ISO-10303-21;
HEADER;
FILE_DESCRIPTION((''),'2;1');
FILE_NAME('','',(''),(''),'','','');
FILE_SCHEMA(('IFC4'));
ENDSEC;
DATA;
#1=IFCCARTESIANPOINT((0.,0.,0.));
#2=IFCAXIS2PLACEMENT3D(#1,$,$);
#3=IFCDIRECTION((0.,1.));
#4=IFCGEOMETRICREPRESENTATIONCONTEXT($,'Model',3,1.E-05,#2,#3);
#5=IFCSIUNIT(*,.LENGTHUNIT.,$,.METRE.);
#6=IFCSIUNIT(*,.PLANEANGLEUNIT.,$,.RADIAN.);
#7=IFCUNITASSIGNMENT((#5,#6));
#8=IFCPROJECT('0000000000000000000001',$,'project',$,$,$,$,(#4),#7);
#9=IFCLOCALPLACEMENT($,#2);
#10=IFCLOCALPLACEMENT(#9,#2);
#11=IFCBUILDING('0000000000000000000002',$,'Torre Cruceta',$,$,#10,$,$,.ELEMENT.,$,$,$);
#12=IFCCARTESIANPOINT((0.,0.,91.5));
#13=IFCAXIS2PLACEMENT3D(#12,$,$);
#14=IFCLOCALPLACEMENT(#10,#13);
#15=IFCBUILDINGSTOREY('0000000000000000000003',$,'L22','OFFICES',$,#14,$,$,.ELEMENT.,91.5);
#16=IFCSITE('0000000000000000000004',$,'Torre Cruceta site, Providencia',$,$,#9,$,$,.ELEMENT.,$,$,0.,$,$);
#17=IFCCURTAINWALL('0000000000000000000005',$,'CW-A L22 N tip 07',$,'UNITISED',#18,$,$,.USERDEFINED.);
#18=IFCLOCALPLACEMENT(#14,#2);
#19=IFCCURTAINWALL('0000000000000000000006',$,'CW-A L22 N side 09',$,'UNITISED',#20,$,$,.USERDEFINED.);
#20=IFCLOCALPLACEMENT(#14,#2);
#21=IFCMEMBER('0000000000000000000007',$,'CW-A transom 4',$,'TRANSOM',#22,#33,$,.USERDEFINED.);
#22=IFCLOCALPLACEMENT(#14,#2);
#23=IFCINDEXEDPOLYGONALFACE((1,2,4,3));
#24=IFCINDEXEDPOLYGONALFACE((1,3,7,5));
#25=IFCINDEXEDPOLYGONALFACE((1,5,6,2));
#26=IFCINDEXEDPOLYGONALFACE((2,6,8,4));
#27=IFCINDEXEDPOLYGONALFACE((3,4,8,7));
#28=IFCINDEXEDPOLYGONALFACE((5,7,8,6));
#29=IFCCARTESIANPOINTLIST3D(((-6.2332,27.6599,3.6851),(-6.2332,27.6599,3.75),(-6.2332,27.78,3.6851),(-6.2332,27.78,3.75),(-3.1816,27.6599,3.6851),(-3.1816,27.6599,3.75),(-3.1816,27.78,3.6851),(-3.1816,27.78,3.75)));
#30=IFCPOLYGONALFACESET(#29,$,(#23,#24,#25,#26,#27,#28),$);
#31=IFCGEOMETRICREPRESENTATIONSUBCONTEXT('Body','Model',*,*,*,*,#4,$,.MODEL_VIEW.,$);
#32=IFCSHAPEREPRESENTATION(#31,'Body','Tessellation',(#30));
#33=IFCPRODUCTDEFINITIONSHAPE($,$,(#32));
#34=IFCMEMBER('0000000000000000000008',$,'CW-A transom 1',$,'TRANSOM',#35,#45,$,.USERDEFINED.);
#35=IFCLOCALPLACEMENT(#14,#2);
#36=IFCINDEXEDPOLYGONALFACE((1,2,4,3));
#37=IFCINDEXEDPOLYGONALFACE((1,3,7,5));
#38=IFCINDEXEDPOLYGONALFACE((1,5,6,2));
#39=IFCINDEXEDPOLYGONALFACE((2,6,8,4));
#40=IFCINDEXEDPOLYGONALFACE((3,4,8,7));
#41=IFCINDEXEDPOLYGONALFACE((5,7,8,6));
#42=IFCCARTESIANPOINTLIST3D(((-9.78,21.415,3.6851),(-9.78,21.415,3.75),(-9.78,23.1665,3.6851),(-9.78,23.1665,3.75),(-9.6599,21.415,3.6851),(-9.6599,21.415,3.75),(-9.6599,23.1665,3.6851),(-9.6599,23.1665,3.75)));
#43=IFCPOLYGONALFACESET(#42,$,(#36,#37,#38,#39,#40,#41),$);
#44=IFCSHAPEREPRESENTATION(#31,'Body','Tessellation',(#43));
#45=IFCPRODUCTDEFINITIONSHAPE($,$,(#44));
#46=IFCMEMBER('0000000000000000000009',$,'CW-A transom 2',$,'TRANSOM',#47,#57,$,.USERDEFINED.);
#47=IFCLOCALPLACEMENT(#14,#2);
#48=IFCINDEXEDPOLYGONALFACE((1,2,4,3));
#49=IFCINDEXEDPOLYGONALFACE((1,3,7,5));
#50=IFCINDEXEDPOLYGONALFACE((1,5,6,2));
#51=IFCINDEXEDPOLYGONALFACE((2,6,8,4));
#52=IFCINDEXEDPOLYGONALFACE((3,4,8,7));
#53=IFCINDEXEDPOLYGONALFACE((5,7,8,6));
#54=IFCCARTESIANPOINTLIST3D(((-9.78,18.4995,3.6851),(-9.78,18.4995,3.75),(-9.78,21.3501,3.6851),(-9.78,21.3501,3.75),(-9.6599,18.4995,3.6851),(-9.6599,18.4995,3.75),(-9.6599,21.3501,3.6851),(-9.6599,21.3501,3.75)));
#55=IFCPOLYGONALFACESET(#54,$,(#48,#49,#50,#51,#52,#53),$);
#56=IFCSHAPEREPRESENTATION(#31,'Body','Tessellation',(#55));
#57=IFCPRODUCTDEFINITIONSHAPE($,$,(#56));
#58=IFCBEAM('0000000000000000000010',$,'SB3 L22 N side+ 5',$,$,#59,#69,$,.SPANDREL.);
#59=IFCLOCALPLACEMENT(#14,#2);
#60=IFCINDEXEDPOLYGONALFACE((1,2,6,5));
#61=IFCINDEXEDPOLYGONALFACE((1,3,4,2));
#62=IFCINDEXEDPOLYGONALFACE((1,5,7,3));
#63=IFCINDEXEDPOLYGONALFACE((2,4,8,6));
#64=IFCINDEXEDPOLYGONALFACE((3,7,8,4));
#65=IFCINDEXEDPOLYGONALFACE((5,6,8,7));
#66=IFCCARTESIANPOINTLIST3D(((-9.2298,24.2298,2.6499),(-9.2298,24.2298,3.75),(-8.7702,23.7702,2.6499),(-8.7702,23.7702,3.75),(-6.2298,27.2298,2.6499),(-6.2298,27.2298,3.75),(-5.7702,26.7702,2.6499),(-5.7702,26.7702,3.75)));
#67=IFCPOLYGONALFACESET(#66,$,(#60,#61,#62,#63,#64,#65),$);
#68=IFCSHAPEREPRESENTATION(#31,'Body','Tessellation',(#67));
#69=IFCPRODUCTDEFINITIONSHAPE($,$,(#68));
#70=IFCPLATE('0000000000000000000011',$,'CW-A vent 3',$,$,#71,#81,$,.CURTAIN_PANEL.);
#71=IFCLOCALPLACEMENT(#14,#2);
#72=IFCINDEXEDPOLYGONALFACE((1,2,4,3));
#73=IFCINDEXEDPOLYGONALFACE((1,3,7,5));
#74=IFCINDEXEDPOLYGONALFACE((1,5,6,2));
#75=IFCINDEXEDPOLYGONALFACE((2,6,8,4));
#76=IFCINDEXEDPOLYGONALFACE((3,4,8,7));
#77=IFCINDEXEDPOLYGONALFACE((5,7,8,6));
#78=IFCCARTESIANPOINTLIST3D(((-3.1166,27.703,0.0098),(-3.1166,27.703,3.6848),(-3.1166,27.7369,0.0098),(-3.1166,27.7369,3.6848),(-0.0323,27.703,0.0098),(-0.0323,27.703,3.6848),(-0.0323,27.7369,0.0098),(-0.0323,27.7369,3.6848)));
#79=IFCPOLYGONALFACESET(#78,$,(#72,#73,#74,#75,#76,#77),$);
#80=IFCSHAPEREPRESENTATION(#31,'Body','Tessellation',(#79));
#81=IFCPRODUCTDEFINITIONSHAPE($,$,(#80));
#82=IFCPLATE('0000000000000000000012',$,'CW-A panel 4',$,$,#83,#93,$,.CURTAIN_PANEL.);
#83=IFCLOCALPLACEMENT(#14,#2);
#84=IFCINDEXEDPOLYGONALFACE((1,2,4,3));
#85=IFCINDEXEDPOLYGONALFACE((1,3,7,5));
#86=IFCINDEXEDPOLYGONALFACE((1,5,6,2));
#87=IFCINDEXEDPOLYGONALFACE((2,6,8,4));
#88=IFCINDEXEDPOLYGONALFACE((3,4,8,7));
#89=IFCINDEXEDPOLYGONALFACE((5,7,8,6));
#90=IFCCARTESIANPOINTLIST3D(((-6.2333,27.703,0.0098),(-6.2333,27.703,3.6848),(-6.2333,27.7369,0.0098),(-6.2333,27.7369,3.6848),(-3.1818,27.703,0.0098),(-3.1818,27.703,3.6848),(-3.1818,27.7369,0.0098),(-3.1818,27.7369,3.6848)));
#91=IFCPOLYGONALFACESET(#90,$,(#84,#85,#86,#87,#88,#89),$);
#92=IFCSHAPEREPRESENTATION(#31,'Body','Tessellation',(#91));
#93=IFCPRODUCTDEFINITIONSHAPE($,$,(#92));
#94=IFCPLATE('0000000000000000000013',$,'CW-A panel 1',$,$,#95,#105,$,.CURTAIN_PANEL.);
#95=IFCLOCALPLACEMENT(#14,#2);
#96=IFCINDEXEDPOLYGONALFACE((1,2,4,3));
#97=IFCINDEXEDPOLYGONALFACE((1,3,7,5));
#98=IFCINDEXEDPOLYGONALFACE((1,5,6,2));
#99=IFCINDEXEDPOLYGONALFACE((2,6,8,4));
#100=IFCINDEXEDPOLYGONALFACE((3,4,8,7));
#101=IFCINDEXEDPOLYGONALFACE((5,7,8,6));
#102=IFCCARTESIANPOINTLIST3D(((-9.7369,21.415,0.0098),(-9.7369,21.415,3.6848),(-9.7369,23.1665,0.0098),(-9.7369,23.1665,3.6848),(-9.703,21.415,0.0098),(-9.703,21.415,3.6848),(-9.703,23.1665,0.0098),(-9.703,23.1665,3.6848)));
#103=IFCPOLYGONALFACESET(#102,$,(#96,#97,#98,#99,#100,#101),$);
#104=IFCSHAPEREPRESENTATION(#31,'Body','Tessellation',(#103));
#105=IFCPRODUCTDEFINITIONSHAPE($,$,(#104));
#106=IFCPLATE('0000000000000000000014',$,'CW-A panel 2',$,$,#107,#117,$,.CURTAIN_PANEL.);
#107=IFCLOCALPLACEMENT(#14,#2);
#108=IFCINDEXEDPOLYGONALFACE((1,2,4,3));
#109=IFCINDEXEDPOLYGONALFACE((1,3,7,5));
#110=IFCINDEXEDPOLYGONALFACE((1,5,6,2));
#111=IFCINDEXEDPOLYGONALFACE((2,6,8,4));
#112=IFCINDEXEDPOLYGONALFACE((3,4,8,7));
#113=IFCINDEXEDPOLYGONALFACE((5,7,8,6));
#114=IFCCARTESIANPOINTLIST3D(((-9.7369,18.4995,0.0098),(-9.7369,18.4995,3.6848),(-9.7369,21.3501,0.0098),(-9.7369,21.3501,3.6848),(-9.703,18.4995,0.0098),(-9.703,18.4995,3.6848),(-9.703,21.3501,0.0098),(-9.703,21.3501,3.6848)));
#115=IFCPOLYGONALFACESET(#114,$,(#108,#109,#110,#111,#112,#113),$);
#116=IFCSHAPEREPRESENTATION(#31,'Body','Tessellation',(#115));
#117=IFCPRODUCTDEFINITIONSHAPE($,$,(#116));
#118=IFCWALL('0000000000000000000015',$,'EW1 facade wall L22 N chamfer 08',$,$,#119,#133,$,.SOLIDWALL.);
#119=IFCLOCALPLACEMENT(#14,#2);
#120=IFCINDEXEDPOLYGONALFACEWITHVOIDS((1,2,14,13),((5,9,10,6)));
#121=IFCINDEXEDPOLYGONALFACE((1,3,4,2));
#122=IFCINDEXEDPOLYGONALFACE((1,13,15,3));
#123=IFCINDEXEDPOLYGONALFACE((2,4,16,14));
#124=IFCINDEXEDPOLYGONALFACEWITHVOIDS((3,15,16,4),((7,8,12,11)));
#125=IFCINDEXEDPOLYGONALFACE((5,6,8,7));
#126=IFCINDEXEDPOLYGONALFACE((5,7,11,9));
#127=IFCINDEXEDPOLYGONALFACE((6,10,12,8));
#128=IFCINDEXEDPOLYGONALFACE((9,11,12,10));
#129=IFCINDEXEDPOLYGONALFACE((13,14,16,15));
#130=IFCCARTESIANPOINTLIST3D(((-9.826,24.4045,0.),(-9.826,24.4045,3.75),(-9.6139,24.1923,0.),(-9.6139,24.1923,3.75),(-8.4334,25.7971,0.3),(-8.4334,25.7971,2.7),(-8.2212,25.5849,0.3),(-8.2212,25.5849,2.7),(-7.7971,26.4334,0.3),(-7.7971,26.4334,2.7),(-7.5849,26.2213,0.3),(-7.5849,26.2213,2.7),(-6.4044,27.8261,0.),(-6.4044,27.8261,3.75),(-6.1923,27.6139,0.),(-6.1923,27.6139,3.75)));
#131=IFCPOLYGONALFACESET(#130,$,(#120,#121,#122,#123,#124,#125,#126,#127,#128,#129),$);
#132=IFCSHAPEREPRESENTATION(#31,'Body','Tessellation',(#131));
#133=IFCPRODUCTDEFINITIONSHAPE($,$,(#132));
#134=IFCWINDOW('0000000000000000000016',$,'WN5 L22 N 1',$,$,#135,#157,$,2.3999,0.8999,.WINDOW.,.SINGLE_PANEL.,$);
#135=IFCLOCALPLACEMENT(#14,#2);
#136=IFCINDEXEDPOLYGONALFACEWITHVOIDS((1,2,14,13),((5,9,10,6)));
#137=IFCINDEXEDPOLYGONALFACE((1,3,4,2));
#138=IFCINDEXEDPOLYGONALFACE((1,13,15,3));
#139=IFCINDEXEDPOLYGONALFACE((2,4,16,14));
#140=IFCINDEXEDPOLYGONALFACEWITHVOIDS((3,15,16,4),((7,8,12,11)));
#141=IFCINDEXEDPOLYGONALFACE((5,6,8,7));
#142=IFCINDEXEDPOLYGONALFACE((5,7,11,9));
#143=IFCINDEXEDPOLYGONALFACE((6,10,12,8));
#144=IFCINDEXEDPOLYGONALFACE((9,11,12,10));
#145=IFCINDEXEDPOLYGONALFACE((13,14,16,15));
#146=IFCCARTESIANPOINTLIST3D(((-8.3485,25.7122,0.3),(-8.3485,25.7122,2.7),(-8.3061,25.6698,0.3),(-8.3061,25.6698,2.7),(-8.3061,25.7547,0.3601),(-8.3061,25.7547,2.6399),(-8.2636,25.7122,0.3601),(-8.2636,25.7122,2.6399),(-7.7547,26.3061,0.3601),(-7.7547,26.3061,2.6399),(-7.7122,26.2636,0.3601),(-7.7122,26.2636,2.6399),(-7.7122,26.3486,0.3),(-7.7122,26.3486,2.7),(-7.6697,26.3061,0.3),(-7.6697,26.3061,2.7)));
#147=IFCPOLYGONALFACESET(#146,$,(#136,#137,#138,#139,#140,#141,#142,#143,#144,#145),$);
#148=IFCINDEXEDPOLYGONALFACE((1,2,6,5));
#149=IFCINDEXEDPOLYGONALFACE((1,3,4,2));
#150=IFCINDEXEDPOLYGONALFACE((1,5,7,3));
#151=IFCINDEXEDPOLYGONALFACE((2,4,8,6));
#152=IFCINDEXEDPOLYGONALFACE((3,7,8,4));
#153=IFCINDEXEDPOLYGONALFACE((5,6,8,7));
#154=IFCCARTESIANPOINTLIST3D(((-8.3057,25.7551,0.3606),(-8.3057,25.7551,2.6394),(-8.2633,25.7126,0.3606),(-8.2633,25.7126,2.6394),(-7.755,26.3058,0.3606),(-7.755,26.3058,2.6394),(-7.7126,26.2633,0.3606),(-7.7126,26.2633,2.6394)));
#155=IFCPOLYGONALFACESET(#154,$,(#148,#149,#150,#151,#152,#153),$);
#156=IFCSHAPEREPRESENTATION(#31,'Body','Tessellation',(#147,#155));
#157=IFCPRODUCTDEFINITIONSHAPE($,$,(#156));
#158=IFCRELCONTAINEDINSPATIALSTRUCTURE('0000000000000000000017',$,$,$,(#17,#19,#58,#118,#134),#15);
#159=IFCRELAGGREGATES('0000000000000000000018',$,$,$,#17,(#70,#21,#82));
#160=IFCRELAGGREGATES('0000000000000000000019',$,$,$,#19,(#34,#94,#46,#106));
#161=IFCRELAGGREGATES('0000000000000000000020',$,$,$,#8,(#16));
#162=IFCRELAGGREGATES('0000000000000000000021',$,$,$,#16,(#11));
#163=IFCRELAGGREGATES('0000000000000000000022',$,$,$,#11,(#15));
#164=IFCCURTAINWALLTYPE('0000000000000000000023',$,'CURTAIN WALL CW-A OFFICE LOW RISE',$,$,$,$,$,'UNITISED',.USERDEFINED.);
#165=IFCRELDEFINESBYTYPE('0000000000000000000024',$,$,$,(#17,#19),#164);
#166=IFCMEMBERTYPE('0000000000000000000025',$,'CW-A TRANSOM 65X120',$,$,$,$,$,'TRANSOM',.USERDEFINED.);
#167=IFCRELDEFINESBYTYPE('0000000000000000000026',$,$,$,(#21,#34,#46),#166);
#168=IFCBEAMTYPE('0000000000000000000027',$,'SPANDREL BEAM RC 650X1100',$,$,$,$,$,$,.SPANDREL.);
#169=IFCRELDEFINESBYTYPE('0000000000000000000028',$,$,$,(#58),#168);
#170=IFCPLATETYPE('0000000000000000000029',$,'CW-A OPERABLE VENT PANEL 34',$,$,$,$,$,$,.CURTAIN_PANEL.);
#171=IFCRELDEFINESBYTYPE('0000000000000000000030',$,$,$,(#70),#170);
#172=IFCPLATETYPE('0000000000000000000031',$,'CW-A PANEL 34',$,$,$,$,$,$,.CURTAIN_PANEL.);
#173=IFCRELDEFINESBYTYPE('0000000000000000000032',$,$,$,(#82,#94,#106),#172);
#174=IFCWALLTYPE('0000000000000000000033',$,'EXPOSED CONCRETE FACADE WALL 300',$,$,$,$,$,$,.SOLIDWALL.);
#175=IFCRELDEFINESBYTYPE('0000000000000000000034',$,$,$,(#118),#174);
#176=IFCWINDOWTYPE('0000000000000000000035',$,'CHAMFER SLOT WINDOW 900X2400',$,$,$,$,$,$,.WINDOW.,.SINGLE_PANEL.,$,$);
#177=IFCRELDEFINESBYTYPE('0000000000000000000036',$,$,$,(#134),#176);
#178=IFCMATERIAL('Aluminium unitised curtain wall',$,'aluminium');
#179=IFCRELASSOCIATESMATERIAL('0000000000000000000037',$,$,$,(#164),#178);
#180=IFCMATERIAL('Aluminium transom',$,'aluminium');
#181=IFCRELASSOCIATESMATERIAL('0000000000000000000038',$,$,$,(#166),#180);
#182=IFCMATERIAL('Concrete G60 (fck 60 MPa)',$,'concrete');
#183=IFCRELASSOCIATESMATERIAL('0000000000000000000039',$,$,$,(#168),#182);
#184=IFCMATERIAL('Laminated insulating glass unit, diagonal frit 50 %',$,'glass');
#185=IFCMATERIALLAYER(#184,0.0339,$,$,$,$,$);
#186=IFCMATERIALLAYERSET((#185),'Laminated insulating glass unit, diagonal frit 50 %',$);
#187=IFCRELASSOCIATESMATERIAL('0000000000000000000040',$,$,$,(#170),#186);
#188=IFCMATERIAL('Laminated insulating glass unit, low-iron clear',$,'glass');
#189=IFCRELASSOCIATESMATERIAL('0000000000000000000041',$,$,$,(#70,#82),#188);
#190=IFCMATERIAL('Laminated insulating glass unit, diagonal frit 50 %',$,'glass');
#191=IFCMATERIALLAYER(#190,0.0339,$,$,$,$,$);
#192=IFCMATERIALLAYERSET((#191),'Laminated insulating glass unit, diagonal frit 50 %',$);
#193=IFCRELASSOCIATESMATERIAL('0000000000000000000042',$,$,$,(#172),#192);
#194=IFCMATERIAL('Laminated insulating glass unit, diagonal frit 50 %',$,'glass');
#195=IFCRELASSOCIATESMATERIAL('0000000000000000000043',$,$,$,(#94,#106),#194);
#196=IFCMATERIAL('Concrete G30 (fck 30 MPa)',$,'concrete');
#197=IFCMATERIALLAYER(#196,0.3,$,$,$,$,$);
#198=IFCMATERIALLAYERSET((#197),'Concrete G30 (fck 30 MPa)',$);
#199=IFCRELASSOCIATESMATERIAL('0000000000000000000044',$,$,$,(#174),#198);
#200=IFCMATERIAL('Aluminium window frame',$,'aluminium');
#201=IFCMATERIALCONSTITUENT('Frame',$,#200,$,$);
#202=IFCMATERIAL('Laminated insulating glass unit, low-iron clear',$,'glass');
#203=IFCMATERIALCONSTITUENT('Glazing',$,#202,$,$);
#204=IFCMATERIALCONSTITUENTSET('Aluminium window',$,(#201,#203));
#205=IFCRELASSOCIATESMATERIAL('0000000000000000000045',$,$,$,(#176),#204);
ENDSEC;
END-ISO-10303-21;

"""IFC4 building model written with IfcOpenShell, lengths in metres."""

from ifc_helpers import new_model, si_unit, direction, frame, frame_2d, origin, origin_2d, place, context, subcontext, project, spatial, rectangle, hollow_rectangle, extrude, material, layer, layer_set, constituent, constituent_set, material_profile, profile_set, type_object, element, fill, aggregate, save


model = new_model("IFC4")

# Units and contexts
model_context = context("Model", 3, precision=1e-05, world=origin(), true_north=direction((0.0, 1.0)))
body_context = subcontext(model_context, "Body", "Model", "MODEL_VIEW")
ifc_project = project(units=[si_unit("LENGTHUNIT", "METRE"), si_unit("PLANEANGLEUNIT", "RADIAN")], contexts=[model_context])

# Site, building, storey
site_placement = place(None, origin())
site = spatial("IfcSite", under=ifc_project, at=site_placement, Name="Torre Cruceta site, Providencia", CompositionType="ELEMENT", RefElevation=0.0)
building_placement = place(site_placement, origin())
building = spatial("IfcBuilding", under=site, at=building_placement, Name="Torre Cruceta", CompositionType="ELEMENT")
storey_placement = place(building_placement, frame((0.0, 0.0, 91.5)))
storey = spatial("IfcBuildingStorey", under=building, at=storey_placement, Name="L22", Description="OFFICES", CompositionType="ELEMENT", Elevation=91.5)

# Curtain walls
ifc_material_1 = material(Name="Aluminium unitised curtain wall", Category="aluminium")
curtain_wall_type = type_object("IfcCurtainWallType", Name="CURTAIN WALL CW-A OFFICE LOW RISE", ElementType="UNITISED", PredefinedType="USERDEFINED", material=ifc_material_1)
curtain_wall_1_placement = place(storey_placement, origin())
curtain_wall_1 = element("IfcCurtainWall", 1, at=curtain_wall_1_placement, inside=storey, type_object=curtain_wall_type, Name="CW-A L22 N tip 07", ObjectType="UNITISED", PredefinedType="USERDEFINED")
curtain_wall_2_placement = place(storey_placement, origin())
curtain_wall_2 = element("IfcCurtainWall", 2, at=curtain_wall_2_placement, inside=storey, type_object=curtain_wall_type, Name="CW-A L22 N side 09", ObjectType="UNITISED", PredefinedType="USERDEFINED")

# Members
ifc_material_2 = material(Name="Aluminium transom", Category="aluminium")
ifc_material_profile_1 = material_profile(ifc_material_2, rectangle(XDim=0.1201, YDim=0.0649, at=origin_2d()), Name="AL 120X65")
ifc_profile_set_1 = profile_set([ifc_material_profile_1], Name="Aluminium transom")
member_type_1 = type_object("IfcMemberType", Name="CW-A TRANSOM 65X120", ElementType="TRANSOM", PredefinedType="USERDEFINED", material=ifc_profile_set_1)
member_1_placement = place(storey_placement, frame((-3.1816, 27.72, 3.7175), z_axis=(-1.0, 0.0, 0.0), x_axis=(0.0, -1.0, 0.0)))
member_1 = element("IfcMember", 3, at=member_1_placement, type_object=member_type_1, Name="CW-A transom 4", ObjectType="TRANSOM", PredefinedType="USERDEFINED", context=body_context, shape_type="SweptSolid", body=[
    extrude(rectangle(XDim=0.1201, YDim=0.0649, at=origin_2d()), origin(), (0.0, 0.0, 1.0), 3.0515),
])
member_2_placement = place(storey_placement, frame((-9.72, 23.1665, 3.7175), z_axis=(0.0, -1.0, 0.0), x_axis=(1.0, 0.0, 0.0)))
member_2 = element("IfcMember", 4, at=member_2_placement, type_object=member_type_1, Name="CW-A transom 1", ObjectType="TRANSOM", PredefinedType="USERDEFINED", context=body_context, shape_type="SweptSolid", body=[
    extrude(rectangle(XDim=0.1201, YDim=0.0649, at=origin_2d()), origin(), (0.0, 0.0, 1.0), 1.7515),
])
member_3_placement = place(storey_placement, frame((-9.72, 21.3501, 3.7175), z_axis=(0.0, -1.0, 0.0), x_axis=(1.0, 0.0, 0.0)))
member_3 = element("IfcMember", 5, at=member_3_placement, type_object=member_type_1, Name="CW-A transom 2", ObjectType="TRANSOM", PredefinedType="USERDEFINED", context=body_context, shape_type="SweptSolid", body=[
    extrude(rectangle(XDim=0.1201, YDim=0.0649, at=origin_2d()), origin(), (0.0, 0.0, 1.0), 2.8506),
])

# Beam
ifc_material_3 = material(Name="Concrete G60 (fck 60 MPa)", Category="concrete")
ifc_material_profile_2 = material_profile(ifc_material_3, rectangle(XDim=0.6499, YDim=1.1001, at=origin_2d()), Name="RC 650X1100")
ifc_profile_set_2 = profile_set([ifc_material_profile_2], Name="Concrete G60 (fck 60 MPa)")
beam_type_1 = type_object("IfcBeamType", Name="SPANDREL BEAM RC 650X1100", PredefinedType="SPANDREL", material=ifc_profile_set_2)
beam_1_placement = place(storey_placement, frame((-9.0, 24.0, 3.2), z_axis=(0.707107, 0.707107, 0.0), x_axis=(-0.707107, 0.707107, 0.0)))
element("IfcBeam", 6, at=beam_1_placement, inside=storey, type_object=beam_type_1, Name="SB3 L22 N side+ 5", PredefinedType="SPANDREL", context=body_context, shape_type="SweptSolid", body=[
    extrude(rectangle(XDim=0.6499, YDim=1.1001, at=origin_2d()), origin(), (0.0, 0.0, 1.0), 4.2427),
])

# Plates
ifc_material_4 = material(Name="Laminated insulating glass unit, low-iron clear", Category="glass")
ifc_material_5 = material(Name="Laminated insulating glass unit, diagonal frit 50 %", Category="glass")
ifc_layer_1 = layer(ifc_material_5, 0.0339)
ifc_layer_set_1 = layer_set([ifc_layer_1], Name="Laminated insulating glass unit, diagonal frit 50 %")
plate_type_1 = type_object("IfcPlateType", Name="CW-A OPERABLE VENT PANEL 34", PredefinedType="CURTAIN_PANEL", material=ifc_layer_set_1)
plate_1_placement = place(storey_placement, frame((-1.5745, 27.72, 0.0098), z_axis=(0.0, 0.0, 1.0), x_axis=(-1.0, 0.0, 0.0)))
plate_1 = element("IfcPlate", 7, at=plate_1_placement, type_object=plate_type_1, material=ifc_material_4, Name="CW-A vent 3", PredefinedType="CURTAIN_PANEL", context=body_context, shape_type="SweptSolid", body=[
    extrude(rectangle(XDim=3.0842, YDim=0.0339, at=origin_2d()), origin(), (0.0, 0.0, 1.0), 3.675),
])
ifc_material_6 = material(Name="Laminated insulating glass unit, diagonal frit 50 %", Category="glass")
ifc_layer_2 = layer(ifc_material_6, 0.0339)
ifc_layer_set_2 = layer_set([ifc_layer_2], Name="Laminated insulating glass unit, diagonal frit 50 %")
plate_type_2 = type_object("IfcPlateType", Name="CW-A PANEL 34", PredefinedType="CURTAIN_PANEL", material=ifc_layer_set_2)
plate_2_placement = place(storey_placement, frame((-4.7075, 27.72, 0.0098), z_axis=(0.0, 0.0, 1.0), x_axis=(-1.0, 0.0, 0.0)))
plate_2 = element("IfcPlate", 8, at=plate_2_placement, type_object=plate_type_2, material=ifc_material_4, Name="CW-A panel 4", PredefinedType="CURTAIN_PANEL", context=body_context, shape_type="SweptSolid", body=[
    extrude(rectangle(XDim=3.0515, YDim=0.0339, at=origin_2d()), origin(), (0.0, 0.0, 1.0), 3.675),
])
aggregate(curtain_wall_1, [plate_1, member_1, plate_2])
ifc_material_7 = material(Name="Laminated insulating glass unit, diagonal frit 50 %", Category="glass")
plate_3_placement = place(storey_placement, frame((-9.72, 22.2908, 0.0098), z_axis=(0.0, 0.0, 1.0), x_axis=(0.0, -1.0, 0.0)))
plate_3 = element("IfcPlate", 9, at=plate_3_placement, type_object=plate_type_2, material=ifc_material_7, Name="CW-A panel 1", PredefinedType="CURTAIN_PANEL", context=body_context, shape_type="SweptSolid", body=[
    extrude(rectangle(XDim=1.7515, YDim=0.0339, at=origin_2d()), origin(), (0.0, 0.0, 1.0), 3.675),
])
plate_4_placement = place(storey_placement, frame((-9.72, 19.9248, 0.0098), z_axis=(0.0, 0.0, 1.0), x_axis=(0.0, -1.0, 0.0)))
plate_4 = element("IfcPlate", 10, at=plate_4_placement, type_object=plate_type_2, material=ifc_material_7, Name="CW-A panel 2", PredefinedType="CURTAIN_PANEL", context=body_context, shape_type="SweptSolid", body=[
    extrude(rectangle(XDim=2.8506, YDim=0.0339, at=origin_2d()), origin(), (0.0, 0.0, 1.0), 3.675),
])
aggregate(curtain_wall_2, [member_2, plate_3, member_3, plate_4])

# Wall, opening, window
ifc_material_8 = material(Name="Concrete G30 (fck 30 MPa)", Category="concrete")
ifc_layer_3 = layer(ifc_material_8, 0.3)
ifc_layer_set_3 = layer_set([ifc_layer_3], Name="Concrete G30 (fck 30 MPa)")
wall_type_1 = type_object("IfcWallType", Name="EXPOSED CONCRETE FACADE WALL 300", PredefinedType="SOLIDWALL", material=ifc_layer_set_3)
wall_1_placement = place(storey_placement, frame((-6.2983, 27.72, 0.0), z_axis=(0.0, 0.0, 1.0), x_axis=(-0.707107, -0.707107, 0.0)))
wall_1 = element("IfcWall", 11, at=wall_1_placement, inside=storey, type_object=wall_type_1, Name="EW1 facade wall L22 N chamfer 08", PredefinedType="SOLIDWALL", context=body_context, shape_type="SweptSolid", body=[
    extrude(rectangle(XDim=4.8389, YDim=0.3, at=frame_2d((2.4194, 0.0))), origin(), (0.0, 0.0, 1.0), 3.75),
])
opening_1_placement = place(wall_1_placement, frame((1.9695, 0.0, 0.3)))
opening_1 = element("IfcOpeningElement", 12, at=opening_1_placement, cuts=wall_1, PredefinedType="OPENING", context=body_context, shape_type="SweptSolid", body=[
    extrude(rectangle(XDim=0.8999, YDim=2.3999, at=frame_2d((0.45, 1.2))), frame((0.0, 0.1599, 0.0), z_axis=(0.0, -1.0, 0.0), x_axis=(1.0, 0.0, 0.0)), (0.0, 0.0, 1.0), 0.3201),
])
ifc_material_9 = material(Name="Aluminium window frame", Category="aluminium")
ifc_constituent_1 = constituent(ifc_material_9, Name="Frame")
ifc_material_10 = material(Name="Laminated insulating glass unit, low-iron clear", Category="glass")
ifc_constituent_2 = constituent(ifc_material_10, Name="Glazing")
ifc_constituent_set_1 = constituent_set(constituents=[ifc_constituent_1, ifc_constituent_2], Name="Aluminium window")
window_type = type_object("IfcWindowType", Name="CHAMFER SLOT WINDOW 900X2400", PartitioningType="SINGLE_PANEL", PredefinedType="WINDOW", material=ifc_constituent_set_1)
window_placement = place(opening_1_placement, origin())
window = element("IfcWindow", 13, at=window_placement, inside=storey, type_object=window_type, Name="WN5 L22 N 1", OverallHeight=2.3999, OverallWidth=0.8999, PartitioningType="SINGLE_PANEL", PredefinedType="WINDOW", context=body_context, shape_type="SweptSolid", body=[
    extrude(hollow_rectangle(XDim=0.8999, YDim=2.3999, WallThickness=0.0601, at=frame_2d((0.45, 1.2))), frame((0.0, 0.03, 0.0), z_axis=(0.0, -1.0, 0.0), x_axis=(1.0, 0.0, 0.0)), (0.0, 0.0, 1.0), 0.0601),
    extrude(rectangle(XDim=0.7788, YDim=2.2788, at=frame_2d((0.45, 1.2))), frame((0.0, 0.03, 0.0), z_axis=(0.0, -1.0, 0.0), x_axis=(1.0, 0.0, 0.0)), (0.0, 0.0, 1.0), 0.0601),
])
fill(opening_1, window)

save(model, "model.ifc")
